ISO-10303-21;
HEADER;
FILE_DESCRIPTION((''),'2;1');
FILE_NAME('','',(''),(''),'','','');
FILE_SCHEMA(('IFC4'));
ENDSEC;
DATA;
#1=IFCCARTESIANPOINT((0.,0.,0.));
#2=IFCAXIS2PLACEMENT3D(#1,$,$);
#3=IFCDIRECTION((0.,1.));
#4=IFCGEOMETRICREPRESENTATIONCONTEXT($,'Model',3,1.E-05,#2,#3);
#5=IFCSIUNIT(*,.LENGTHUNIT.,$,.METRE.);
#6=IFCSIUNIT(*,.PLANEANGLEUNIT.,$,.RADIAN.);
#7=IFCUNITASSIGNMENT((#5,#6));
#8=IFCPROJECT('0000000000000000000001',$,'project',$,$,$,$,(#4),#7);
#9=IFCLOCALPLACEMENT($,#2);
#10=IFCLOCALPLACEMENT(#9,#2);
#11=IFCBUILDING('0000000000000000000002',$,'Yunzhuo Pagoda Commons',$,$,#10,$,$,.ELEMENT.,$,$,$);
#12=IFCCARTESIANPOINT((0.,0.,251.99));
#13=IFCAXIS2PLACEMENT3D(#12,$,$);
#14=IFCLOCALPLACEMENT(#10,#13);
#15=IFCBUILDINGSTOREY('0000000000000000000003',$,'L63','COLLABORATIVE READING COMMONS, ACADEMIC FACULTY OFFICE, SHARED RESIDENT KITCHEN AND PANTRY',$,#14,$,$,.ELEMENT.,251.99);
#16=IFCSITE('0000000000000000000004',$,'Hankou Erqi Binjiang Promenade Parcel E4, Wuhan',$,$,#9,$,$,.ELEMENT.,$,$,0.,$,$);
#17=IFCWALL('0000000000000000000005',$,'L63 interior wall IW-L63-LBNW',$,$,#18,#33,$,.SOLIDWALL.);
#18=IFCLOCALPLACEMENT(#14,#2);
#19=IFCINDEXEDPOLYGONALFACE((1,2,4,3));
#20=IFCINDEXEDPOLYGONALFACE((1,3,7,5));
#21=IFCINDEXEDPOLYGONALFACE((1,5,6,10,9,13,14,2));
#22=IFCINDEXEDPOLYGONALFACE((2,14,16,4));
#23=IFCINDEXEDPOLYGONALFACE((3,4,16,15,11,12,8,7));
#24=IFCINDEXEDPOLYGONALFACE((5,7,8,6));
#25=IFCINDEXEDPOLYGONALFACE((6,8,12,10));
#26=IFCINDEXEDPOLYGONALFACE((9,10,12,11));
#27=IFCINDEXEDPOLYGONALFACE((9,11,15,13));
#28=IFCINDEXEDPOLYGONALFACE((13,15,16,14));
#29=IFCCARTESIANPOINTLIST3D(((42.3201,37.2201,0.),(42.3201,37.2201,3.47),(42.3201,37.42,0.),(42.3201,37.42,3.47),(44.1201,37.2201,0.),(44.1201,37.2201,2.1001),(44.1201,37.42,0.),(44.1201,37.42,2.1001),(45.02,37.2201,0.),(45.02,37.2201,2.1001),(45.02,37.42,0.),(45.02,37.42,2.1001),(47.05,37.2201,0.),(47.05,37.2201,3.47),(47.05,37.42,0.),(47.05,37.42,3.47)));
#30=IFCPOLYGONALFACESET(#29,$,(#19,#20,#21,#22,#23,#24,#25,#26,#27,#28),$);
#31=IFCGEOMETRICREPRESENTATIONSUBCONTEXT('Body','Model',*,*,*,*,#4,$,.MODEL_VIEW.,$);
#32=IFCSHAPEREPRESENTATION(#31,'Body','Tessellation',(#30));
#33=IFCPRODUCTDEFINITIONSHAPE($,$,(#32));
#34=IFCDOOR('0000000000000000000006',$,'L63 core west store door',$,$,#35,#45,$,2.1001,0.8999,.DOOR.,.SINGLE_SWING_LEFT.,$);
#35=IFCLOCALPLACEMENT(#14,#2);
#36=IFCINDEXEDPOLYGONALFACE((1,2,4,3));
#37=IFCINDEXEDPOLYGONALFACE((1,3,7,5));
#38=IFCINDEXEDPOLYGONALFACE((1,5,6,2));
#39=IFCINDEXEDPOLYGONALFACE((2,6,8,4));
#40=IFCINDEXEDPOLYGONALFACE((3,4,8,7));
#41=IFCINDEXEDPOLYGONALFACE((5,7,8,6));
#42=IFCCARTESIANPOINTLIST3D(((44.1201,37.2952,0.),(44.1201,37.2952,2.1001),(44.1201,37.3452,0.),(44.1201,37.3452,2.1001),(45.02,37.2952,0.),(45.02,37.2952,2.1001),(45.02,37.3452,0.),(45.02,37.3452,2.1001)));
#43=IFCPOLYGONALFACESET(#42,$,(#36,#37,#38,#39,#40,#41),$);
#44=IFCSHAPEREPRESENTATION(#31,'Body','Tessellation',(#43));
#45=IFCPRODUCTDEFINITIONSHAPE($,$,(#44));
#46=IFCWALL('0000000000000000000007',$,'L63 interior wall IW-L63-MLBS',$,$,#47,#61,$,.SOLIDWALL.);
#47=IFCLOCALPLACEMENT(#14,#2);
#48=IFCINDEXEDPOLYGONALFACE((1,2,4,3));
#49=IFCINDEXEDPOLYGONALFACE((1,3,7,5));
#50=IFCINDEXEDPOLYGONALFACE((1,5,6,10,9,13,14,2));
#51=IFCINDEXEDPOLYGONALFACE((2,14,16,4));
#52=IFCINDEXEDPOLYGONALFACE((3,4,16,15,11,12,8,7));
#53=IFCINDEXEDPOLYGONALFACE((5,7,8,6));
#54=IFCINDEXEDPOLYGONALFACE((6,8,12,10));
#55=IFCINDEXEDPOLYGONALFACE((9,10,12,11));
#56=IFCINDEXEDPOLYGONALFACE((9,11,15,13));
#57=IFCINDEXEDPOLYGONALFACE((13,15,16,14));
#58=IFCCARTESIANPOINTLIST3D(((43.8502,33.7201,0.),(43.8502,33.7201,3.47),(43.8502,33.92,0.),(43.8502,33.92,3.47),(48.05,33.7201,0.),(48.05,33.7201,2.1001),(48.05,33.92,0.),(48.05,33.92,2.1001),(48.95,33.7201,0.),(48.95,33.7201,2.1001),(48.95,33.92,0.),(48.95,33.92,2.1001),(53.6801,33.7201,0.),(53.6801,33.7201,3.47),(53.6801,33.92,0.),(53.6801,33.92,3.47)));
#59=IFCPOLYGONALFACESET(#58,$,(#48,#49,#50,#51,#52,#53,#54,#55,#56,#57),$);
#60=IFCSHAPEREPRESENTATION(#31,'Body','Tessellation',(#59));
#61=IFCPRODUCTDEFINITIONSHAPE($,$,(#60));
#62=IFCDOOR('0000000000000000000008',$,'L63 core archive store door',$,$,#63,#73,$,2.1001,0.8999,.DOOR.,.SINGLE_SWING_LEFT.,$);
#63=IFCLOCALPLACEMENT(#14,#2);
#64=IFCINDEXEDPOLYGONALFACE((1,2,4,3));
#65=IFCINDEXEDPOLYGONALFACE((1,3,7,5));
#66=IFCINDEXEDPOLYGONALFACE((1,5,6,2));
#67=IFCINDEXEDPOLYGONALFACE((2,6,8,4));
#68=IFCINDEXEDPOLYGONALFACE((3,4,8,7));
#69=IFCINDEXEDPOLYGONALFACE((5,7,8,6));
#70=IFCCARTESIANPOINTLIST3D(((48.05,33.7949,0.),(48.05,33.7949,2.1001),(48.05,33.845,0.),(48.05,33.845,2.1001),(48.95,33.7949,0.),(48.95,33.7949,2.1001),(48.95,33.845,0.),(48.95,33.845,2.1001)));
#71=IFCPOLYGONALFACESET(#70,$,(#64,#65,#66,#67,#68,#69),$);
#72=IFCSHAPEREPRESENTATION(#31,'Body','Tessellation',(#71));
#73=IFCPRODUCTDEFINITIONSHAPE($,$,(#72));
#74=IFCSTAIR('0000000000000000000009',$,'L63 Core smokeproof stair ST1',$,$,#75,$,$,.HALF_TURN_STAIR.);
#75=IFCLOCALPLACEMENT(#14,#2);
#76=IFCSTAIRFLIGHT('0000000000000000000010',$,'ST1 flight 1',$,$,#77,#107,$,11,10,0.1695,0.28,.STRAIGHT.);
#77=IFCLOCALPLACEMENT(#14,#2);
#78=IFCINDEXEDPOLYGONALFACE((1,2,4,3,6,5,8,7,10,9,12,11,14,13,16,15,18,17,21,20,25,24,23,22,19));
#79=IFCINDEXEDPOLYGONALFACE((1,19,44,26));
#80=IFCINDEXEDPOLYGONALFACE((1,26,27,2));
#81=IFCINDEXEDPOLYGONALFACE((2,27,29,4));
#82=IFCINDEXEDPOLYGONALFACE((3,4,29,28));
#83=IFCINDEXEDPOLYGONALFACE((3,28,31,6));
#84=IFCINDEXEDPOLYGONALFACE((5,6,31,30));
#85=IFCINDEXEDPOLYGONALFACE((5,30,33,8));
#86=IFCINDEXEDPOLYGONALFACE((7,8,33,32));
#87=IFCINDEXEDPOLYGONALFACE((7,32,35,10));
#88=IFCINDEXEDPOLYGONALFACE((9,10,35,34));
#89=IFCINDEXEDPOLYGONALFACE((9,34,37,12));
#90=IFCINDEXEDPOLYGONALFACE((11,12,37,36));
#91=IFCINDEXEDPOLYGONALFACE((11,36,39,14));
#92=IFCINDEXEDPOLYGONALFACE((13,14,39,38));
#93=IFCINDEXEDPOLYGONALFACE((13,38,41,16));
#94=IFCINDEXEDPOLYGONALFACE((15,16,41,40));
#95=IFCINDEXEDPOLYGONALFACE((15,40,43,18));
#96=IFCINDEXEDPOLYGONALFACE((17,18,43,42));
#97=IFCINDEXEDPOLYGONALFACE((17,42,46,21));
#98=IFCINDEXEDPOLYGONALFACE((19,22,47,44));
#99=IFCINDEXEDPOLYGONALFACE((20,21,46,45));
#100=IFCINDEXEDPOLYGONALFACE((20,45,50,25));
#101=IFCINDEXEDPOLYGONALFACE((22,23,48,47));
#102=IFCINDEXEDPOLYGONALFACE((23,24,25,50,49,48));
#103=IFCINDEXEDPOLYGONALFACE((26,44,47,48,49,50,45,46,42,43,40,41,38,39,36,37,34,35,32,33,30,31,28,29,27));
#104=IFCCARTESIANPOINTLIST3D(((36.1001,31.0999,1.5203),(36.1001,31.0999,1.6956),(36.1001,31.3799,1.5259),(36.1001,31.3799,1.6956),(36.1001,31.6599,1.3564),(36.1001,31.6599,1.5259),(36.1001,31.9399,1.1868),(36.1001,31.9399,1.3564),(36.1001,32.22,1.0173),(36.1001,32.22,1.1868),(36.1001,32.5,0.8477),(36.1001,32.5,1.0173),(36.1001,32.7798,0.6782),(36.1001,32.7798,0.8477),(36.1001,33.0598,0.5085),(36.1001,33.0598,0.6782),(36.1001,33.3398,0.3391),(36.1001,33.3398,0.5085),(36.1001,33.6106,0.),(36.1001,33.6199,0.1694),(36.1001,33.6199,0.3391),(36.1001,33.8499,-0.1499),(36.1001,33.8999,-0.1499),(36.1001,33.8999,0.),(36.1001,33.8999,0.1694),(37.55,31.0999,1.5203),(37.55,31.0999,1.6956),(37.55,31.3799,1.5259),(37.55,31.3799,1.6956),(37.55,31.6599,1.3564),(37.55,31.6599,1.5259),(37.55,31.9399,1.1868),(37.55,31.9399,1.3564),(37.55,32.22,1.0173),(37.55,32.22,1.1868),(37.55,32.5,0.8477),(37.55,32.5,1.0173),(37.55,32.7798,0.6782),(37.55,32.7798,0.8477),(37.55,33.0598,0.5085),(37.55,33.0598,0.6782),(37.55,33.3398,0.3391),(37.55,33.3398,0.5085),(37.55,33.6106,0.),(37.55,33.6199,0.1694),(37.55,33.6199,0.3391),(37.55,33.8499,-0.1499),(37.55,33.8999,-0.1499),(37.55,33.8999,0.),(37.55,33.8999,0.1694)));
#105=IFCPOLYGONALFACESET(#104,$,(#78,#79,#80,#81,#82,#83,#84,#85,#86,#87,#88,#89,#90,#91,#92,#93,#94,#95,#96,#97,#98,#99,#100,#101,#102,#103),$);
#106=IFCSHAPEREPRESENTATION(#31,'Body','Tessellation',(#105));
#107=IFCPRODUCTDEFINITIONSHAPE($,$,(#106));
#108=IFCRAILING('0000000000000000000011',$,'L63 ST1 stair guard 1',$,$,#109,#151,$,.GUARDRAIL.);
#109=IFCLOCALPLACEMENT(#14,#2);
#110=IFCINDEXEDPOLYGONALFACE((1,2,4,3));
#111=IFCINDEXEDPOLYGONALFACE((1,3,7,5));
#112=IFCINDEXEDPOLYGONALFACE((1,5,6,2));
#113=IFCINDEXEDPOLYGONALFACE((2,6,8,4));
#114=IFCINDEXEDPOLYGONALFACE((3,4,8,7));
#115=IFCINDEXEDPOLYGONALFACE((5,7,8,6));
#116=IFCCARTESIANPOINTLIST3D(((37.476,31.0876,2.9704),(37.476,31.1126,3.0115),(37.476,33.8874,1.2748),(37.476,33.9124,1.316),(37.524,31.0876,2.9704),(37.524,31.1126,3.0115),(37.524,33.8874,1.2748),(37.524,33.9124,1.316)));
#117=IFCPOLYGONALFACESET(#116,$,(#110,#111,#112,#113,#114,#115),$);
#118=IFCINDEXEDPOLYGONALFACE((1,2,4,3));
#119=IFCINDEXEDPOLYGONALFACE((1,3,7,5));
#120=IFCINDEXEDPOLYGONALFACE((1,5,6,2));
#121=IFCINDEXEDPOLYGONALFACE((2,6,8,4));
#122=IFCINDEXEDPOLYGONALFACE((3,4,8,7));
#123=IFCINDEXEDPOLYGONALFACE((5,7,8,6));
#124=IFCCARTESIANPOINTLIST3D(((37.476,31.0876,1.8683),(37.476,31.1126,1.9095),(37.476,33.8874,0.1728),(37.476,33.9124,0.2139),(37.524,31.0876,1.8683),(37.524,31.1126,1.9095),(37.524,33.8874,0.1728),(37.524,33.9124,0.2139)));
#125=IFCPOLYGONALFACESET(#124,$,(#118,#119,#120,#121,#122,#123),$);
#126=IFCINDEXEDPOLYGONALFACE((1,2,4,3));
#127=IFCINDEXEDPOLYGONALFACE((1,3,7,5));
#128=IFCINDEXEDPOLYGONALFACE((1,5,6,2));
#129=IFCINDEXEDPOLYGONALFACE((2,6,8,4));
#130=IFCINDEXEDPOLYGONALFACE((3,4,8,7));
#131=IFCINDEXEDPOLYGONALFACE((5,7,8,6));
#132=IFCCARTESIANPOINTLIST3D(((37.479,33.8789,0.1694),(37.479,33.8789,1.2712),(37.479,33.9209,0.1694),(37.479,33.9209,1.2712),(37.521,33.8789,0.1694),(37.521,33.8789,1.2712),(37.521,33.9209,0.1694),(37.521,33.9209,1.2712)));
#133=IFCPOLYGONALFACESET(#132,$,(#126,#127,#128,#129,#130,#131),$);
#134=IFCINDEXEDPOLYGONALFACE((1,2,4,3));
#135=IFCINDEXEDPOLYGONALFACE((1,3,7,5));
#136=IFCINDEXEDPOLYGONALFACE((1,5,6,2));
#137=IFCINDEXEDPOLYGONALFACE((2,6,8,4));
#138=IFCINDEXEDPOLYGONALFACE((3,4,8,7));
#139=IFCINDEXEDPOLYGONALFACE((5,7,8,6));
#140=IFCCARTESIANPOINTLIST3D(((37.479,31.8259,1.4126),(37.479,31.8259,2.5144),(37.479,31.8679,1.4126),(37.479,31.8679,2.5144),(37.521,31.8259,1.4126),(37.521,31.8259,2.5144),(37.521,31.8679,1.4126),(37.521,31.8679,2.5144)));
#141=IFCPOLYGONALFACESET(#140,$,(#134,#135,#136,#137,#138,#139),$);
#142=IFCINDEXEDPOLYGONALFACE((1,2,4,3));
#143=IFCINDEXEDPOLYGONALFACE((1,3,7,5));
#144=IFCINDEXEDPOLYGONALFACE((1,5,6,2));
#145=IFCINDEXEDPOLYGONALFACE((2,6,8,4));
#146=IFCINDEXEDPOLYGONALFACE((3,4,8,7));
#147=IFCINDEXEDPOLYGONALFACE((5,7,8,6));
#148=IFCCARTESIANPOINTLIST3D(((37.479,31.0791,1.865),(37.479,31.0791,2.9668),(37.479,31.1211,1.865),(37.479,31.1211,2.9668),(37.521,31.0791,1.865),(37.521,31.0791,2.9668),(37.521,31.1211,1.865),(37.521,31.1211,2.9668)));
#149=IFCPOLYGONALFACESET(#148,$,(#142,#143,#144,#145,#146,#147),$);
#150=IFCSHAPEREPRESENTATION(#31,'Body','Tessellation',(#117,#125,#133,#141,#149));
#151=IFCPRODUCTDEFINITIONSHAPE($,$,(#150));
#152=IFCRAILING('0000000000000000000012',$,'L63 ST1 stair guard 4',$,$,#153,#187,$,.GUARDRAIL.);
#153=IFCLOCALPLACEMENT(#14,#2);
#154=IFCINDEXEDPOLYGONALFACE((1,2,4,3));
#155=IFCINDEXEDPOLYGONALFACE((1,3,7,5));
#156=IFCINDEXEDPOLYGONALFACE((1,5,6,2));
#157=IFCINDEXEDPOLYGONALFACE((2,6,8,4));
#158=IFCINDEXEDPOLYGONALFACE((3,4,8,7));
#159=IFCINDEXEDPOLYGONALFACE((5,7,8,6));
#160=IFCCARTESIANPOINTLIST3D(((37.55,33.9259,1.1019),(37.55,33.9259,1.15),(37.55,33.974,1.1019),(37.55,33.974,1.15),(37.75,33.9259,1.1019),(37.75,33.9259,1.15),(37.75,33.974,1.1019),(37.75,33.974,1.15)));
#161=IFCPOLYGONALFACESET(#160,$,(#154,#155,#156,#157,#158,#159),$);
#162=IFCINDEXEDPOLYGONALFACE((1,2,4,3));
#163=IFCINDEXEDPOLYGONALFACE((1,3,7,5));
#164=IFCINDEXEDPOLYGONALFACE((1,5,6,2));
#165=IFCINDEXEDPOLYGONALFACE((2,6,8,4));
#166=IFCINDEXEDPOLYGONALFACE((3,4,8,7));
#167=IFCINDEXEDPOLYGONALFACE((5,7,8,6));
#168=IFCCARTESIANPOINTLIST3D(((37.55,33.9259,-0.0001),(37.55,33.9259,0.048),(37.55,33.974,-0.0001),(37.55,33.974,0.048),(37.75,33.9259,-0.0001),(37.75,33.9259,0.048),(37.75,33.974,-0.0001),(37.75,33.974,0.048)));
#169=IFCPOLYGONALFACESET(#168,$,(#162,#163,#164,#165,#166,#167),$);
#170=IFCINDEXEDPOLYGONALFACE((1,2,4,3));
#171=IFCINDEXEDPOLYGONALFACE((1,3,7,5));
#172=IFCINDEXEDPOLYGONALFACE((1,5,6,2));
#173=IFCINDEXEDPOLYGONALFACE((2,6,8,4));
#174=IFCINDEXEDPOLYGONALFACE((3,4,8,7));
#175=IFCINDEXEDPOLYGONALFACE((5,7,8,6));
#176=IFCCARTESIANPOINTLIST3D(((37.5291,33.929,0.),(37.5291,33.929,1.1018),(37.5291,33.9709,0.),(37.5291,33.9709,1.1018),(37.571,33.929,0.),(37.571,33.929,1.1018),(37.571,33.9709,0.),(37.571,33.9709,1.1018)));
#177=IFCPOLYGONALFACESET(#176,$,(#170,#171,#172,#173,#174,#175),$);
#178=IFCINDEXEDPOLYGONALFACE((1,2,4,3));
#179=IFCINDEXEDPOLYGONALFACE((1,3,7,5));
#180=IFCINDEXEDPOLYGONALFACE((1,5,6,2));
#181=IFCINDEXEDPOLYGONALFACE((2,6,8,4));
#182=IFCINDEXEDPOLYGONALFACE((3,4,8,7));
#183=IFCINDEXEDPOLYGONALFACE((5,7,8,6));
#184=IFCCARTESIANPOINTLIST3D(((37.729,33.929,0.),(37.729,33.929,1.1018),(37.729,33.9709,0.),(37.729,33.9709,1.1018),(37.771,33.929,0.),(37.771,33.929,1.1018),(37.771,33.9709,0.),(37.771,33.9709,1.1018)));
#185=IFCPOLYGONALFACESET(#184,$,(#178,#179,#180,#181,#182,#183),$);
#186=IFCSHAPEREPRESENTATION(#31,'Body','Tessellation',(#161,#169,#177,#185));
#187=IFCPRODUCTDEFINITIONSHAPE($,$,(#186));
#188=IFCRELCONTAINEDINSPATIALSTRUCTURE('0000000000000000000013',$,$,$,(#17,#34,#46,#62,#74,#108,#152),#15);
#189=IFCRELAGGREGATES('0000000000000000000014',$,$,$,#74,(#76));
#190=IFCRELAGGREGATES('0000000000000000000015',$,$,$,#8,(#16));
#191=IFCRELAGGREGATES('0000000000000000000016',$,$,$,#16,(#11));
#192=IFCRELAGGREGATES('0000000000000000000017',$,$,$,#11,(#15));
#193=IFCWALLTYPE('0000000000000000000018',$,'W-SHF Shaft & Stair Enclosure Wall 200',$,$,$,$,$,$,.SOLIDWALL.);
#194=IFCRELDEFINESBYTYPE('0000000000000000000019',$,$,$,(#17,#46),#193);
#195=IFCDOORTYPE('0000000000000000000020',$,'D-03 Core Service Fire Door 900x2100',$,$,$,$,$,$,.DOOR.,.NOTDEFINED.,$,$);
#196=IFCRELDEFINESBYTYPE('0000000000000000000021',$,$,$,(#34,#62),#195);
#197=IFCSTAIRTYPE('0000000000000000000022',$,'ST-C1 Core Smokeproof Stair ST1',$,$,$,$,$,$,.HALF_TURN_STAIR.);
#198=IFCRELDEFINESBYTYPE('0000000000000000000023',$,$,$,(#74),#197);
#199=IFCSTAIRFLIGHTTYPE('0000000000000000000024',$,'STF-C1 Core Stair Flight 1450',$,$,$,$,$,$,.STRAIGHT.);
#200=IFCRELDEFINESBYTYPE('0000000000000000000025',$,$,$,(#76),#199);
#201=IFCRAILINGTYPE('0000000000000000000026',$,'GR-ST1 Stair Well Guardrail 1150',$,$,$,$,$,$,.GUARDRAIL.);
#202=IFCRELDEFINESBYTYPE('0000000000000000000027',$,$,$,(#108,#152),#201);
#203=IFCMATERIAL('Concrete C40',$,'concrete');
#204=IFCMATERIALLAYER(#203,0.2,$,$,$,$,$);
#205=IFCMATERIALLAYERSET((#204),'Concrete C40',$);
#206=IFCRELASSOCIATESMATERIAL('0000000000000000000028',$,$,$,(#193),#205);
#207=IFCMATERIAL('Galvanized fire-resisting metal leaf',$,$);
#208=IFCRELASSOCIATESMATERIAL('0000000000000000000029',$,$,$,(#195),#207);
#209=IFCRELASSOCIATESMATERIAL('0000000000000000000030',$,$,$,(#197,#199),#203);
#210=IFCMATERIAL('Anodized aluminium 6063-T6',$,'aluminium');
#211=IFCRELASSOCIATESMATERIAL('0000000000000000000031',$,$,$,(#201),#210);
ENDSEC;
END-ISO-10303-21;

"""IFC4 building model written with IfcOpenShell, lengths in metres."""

from ifc_helpers import new_model, si_unit, direction, frame, frame_2d, origin, origin_with_axes, origin_2d, place, context, subcontext, project, spatial, polyline, rectangle, outline, extrude, source, transform, mapped, material, layer, layer_set, type_object, element, fill, aggregate, save


model = new_model("IFC4")

# Units and contexts
model_context = context("Model", 3, precision=1e-05, world=origin(), true_north=direction((0.0, 1.0)))
body_context = subcontext(model_context, "Body", "Model", "MODEL_VIEW")
ifc_project = project(units=[si_unit("LENGTHUNIT", "METRE"), si_unit("PLANEANGLEUNIT", "RADIAN")], contexts=[model_context])

# Site, building, storey
site_placement = place(None, origin())
site = spatial("IfcSite", under=ifc_project, at=site_placement, Name="Hankou Erqi Binjiang Promenade Parcel E4, Wuhan", CompositionType="ELEMENT", RefElevation=0.0)
building_placement = place(site_placement, origin())
building = spatial("IfcBuilding", under=site, at=building_placement, Name="Yunzhuo Pagoda Commons", CompositionType="ELEMENT")
storey_placement = place(building_placement, frame((0.0, 0.0, 251.99)))
storey = spatial("IfcBuildingStorey", under=building, at=storey_placement, Name="L63", Description="COLLABORATIVE READING COMMONS, ACADEMIC FACULTY OFFICE, SHARED RESIDENT KITCHEN AND PANTRY", CompositionType="ELEMENT", Elevation=251.99)

# Shared definitions
ifc_material_1 = material(Name="Galvanized fire-resisting metal leaf")

# Shared definitions
ifc_material_2 = material(Name="Concrete C40", Category="concrete")
ifc_layer_1 = layer(ifc_material_2, 0.2)
ifc_layer_set_1 = layer_set([ifc_layer_1], Name="Concrete C40")
wall_type_1 = type_object("IfcWallType", Name="W-SHF Shaft & Stair Enclosure Wall 200", PredefinedType="SOLIDWALL", material=ifc_layer_set_1)

# Walls, openings, doors
wall_1_placement = place(storey_placement, frame((42.3201, 37.3201, 0.0), z_axis=(0.0, 0.0, 1.0), x_axis=(1.0, 0.0, 0.0)))
wall_1 = element("IfcWall", 1, at=wall_1_placement, inside=storey, type_object=wall_type_1, Name="L63 interior wall IW-L63-LBNW", PredefinedType="SOLIDWALL", context=body_context, shape_type="SweptSolid", body=[
    extrude(rectangle(XDim=4.73, YDim=0.2, at=frame_2d((2.365, 0.0))), origin(), (0.0, 0.0, 1.0), 3.47),
])
opening_1_placement = place(wall_1_placement, frame((1.8, 0.0, 0.0)))
opening_1 = element("IfcOpeningElement", 2, at=opening_1_placement, cuts=wall_1, PredefinedType="OPENING", context=body_context, shape_type="SweptSolid", body=[
    extrude(rectangle(XDim=0.8999, YDim=2.1001, at=frame_2d((0.45, 1.05))), frame((0.0, 0.1099, 0.0), z_axis=(0.0, -1.0, 0.0), x_axis=(1.0, 0.0, 0.0)), (0.0, 0.0, 1.0), 0.22),
])
door_type_1 = type_object("IfcDoorType", Name="D-03 Core Service Fire Door 900x2100", OperationType="NOTDEFINED", PredefinedType="DOOR", material=ifc_material_1)
shared_shape_1 = source(origin(), body_context, "Body", "SweptSolid", [
    extrude(rectangle(XDim=0.8999, YDim=2.1001, at=frame_2d((0.45, 1.05))), frame((0.0, 0.0249, 0.0), z_axis=(0.0, -1.0, 0.0), x_axis=(1.0, 0.0, 0.0)), (0.0, 0.0, 1.0), 0.05),
])
door_1_placement = place(opening_1_placement, frame((0.8999, 0.0, 0.0), z_axis=(0.0, 0.0, 1.0), x_axis=(-1.0, 0.0, 0.0)))
door_1 = element("IfcDoor", 3, at=door_1_placement, inside=storey, type_object=door_type_1, Name="L63 core west store door", OperationType="SINGLE_SWING_LEFT", OverallHeight=2.1001, OverallWidth=0.8999, PredefinedType="DOOR", context=body_context, shape_type="MappedRepresentation", body=[
    mapped(shared_shape_1, transform((0.0, 0.0, 0.0), scale=1.0)),
])
fill(opening_1, door_1)
wall_2_placement = place(storey_placement, frame((43.8501, 33.8201, 0.0), z_axis=(0.0, 0.0, 1.0), x_axis=(1.0, 0.0, 0.0)))
wall_2 = element("IfcWall", 4, at=wall_2_placement, inside=storey, type_object=wall_type_1, Name="L63 interior wall IW-L63-MLBS", PredefinedType="SOLIDWALL", context=body_context, shape_type="SweptSolid", body=[
    extrude(rectangle(XDim=9.8298, YDim=0.2, at=frame_2d((4.915, 0.0))), origin(), (0.0, 0.0, 1.0), 3.47),
])
opening_2_placement = place(wall_2_placement, frame((4.2, 0.0, 0.0)))
opening_2 = element("IfcOpeningElement", 5, at=opening_2_placement, cuts=wall_2, PredefinedType="OPENING", context=body_context, shape_type="SweptSolid", body=[
    extrude(rectangle(XDim=0.8999, YDim=2.1001, at=frame_2d((0.45, 1.05))), frame((0.0, 0.1099, 0.0), z_axis=(0.0, -1.0, 0.0), x_axis=(1.0, 0.0, 0.0)), (0.0, 0.0, 1.0), 0.22),
])
door_2_placement = place(opening_2_placement, origin_with_axes())
door_2 = element("IfcDoor", 6, at=door_2_placement, inside=storey, type_object=door_type_1, Name="L63 core archive store door", OperationType="SINGLE_SWING_LEFT", OverallHeight=2.1001, OverallWidth=0.8999, PredefinedType="DOOR", context=body_context, shape_type="MappedRepresentation", body=[
    mapped(shared_shape_1, transform((0.0, 0.0, 0.0), scale=1.0)),
])
fill(opening_2, door_2)

# Stair, stair flight
stair_type = type_object("IfcStairType", Name="ST-C1 Core Smokeproof Stair ST1", PredefinedType="HALF_TURN_STAIR", material=ifc_material_2)
stair_placement = place(storey_placement, origin())
stair = element("IfcStair", 7, at=stair_placement, inside=storey, type_object=stair_type, Name="L63 Core smokeproof stair ST1", PredefinedType="HALF_TURN_STAIR")
stair_flight_type = type_object("IfcStairFlightType", Name="STF-C1 Core Stair Flight 1450", PredefinedType="STRAIGHT", material=ifc_material_2)
shared_shape_2 = source(origin(), body_context, "Body", "SweptSolid", [
    extrude(outline(polyline([(0.0, -0.1499), (0.0, 0.0), (0.0, 0.1694), (0.28, 0.1694), (0.28, 0.3391), (0.5601, 0.3391), (0.5601, 0.5085), (0.8401, 0.5085), (0.8401, 0.6782), (1.1201, 0.6782), (1.1201, 0.8477), (1.3999, 0.8477), (1.3999, 1.0173), (1.6799, 1.0173), (1.6799, 1.1868), (1.96, 1.1868), (1.96, 1.3564), (2.24, 1.3564), (2.24, 1.5259), (2.52, 1.5259), (2.52, 1.6956), (2.8, 1.6956), (2.8, 1.865), (2.8, 1.5203), (0.2893, 0.0), (0.05, -0.1499), (0.0, -0.1499)])), frame((0.0, 0.7251, 0.0), z_axis=(0.0, -1.0, 0.0), x_axis=(1.0, 0.0, 0.0)), (0.0, 0.0, 1.0), 1.45),
])
stair_flight_placement = place(storey_placement, frame((36.825, 33.8999, 0.0), z_axis=(0.0, 0.0, 1.0), x_axis=(0.0, -1.0, 0.0)))
stair_flight = element("IfcStairFlight", 8, at=stair_flight_placement, type_object=stair_flight_type, Name="ST1 flight 1", NumberOfRisers=11, NumberOfTreads=10, PredefinedType="STRAIGHT", RiserHeight=0.1695, TreadLength=0.28, context=body_context, shape_type="MappedRepresentation", body=[
    mapped(shared_shape_2, transform((0.0, 0.0, 0.0), scale=1.0)),
])
aggregate(stair, [stair_flight])

# Railings
ifc_material_3 = material(Name="Anodized aluminium 6063-T6", Category="aluminium")
railing_type_1 = type_object("IfcRailingType", Name="GR-ST1 Stair Well Guardrail 1150", PredefinedType="GUARDRAIL", material=ifc_material_3)
railing_1_placement = place(storey_placement, frame((37.5, 33.8999, 0.1694)))
element("IfcRailing", 9, at=railing_1_placement, inside=storey, type_object=railing_type_1, Name="L63 ST1 stair guard 1", PredefinedType="GUARDRAIL", context=body_context, shape_type="SweptSolid", body=[
    extrude(rectangle(XDim=0.0481, YDim=0.0481, at=origin_2d()), frame((0.0, 0.0, 1.126), z_axis=(0.0, -0.855373, 0.518012), x_axis=(1.0, 0.0, 0.0)), (0.0, 0.0, 1.0), 3.2732),
    extrude(rectangle(XDim=0.0481, YDim=0.0481, at=origin_2d()), frame((0.0, 0.0, 0.0239), z_axis=(0.0, -0.855373, 0.518012), x_axis=(1.0, 0.0, 0.0)), (0.0, 0.0, 1.0), 3.2732),
    extrude(rectangle(XDim=0.042, YDim=0.042, at=origin_2d()), origin(), (0.0, 0.0, 1.0), 1.1018),
    extrude(rectangle(XDim=0.042, YDim=0.042, at=origin_2d()), frame((0.0, -2.053, 1.2432)), (0.0, 0.0, 1.0), 1.1018),
    extrude(rectangle(XDim=0.042, YDim=0.042, at=origin_2d()), frame((0.0, -2.7998, 1.6956)), (0.0, 0.0, 1.0), 1.1018),
])
railing_2_placement = place(storey_placement, frame((37.55, 33.95, 0.0)))
element("IfcRailing", 10, at=railing_2_placement, inside=storey, type_object=railing_type_1, Name="L63 ST1 stair guard 4", PredefinedType="GUARDRAIL", context=body_context, shape_type="SweptSolid", body=[
    extrude(rectangle(XDim=0.0481, YDim=0.0481, at=origin_2d()), frame((0.0, 0.0, 1.126), z_axis=(1.0, 0.0, 0.0), x_axis=(0.0, 1.0, 0.0)), (0.0, 0.0, 1.0), 0.2),
    extrude(rectangle(XDim=0.0481, YDim=0.0481, at=origin_2d()), frame((0.0, 0.0, 0.0239), z_axis=(1.0, 0.0, 0.0), x_axis=(0.0, 1.0, 0.0)), (0.0, 0.0, 1.0), 0.2),
    extrude(rectangle(XDim=0.042, YDim=0.042, at=origin_2d()), origin(), (0.0, 0.0, 1.0), 1.1018),
    extrude(rectangle(XDim=0.042, YDim=0.042, at=origin_2d()), frame((0.2, 0.0, 0.0)), (0.0, 0.0, 1.0), 1.1018),
])

save(model, "model.ifc")
